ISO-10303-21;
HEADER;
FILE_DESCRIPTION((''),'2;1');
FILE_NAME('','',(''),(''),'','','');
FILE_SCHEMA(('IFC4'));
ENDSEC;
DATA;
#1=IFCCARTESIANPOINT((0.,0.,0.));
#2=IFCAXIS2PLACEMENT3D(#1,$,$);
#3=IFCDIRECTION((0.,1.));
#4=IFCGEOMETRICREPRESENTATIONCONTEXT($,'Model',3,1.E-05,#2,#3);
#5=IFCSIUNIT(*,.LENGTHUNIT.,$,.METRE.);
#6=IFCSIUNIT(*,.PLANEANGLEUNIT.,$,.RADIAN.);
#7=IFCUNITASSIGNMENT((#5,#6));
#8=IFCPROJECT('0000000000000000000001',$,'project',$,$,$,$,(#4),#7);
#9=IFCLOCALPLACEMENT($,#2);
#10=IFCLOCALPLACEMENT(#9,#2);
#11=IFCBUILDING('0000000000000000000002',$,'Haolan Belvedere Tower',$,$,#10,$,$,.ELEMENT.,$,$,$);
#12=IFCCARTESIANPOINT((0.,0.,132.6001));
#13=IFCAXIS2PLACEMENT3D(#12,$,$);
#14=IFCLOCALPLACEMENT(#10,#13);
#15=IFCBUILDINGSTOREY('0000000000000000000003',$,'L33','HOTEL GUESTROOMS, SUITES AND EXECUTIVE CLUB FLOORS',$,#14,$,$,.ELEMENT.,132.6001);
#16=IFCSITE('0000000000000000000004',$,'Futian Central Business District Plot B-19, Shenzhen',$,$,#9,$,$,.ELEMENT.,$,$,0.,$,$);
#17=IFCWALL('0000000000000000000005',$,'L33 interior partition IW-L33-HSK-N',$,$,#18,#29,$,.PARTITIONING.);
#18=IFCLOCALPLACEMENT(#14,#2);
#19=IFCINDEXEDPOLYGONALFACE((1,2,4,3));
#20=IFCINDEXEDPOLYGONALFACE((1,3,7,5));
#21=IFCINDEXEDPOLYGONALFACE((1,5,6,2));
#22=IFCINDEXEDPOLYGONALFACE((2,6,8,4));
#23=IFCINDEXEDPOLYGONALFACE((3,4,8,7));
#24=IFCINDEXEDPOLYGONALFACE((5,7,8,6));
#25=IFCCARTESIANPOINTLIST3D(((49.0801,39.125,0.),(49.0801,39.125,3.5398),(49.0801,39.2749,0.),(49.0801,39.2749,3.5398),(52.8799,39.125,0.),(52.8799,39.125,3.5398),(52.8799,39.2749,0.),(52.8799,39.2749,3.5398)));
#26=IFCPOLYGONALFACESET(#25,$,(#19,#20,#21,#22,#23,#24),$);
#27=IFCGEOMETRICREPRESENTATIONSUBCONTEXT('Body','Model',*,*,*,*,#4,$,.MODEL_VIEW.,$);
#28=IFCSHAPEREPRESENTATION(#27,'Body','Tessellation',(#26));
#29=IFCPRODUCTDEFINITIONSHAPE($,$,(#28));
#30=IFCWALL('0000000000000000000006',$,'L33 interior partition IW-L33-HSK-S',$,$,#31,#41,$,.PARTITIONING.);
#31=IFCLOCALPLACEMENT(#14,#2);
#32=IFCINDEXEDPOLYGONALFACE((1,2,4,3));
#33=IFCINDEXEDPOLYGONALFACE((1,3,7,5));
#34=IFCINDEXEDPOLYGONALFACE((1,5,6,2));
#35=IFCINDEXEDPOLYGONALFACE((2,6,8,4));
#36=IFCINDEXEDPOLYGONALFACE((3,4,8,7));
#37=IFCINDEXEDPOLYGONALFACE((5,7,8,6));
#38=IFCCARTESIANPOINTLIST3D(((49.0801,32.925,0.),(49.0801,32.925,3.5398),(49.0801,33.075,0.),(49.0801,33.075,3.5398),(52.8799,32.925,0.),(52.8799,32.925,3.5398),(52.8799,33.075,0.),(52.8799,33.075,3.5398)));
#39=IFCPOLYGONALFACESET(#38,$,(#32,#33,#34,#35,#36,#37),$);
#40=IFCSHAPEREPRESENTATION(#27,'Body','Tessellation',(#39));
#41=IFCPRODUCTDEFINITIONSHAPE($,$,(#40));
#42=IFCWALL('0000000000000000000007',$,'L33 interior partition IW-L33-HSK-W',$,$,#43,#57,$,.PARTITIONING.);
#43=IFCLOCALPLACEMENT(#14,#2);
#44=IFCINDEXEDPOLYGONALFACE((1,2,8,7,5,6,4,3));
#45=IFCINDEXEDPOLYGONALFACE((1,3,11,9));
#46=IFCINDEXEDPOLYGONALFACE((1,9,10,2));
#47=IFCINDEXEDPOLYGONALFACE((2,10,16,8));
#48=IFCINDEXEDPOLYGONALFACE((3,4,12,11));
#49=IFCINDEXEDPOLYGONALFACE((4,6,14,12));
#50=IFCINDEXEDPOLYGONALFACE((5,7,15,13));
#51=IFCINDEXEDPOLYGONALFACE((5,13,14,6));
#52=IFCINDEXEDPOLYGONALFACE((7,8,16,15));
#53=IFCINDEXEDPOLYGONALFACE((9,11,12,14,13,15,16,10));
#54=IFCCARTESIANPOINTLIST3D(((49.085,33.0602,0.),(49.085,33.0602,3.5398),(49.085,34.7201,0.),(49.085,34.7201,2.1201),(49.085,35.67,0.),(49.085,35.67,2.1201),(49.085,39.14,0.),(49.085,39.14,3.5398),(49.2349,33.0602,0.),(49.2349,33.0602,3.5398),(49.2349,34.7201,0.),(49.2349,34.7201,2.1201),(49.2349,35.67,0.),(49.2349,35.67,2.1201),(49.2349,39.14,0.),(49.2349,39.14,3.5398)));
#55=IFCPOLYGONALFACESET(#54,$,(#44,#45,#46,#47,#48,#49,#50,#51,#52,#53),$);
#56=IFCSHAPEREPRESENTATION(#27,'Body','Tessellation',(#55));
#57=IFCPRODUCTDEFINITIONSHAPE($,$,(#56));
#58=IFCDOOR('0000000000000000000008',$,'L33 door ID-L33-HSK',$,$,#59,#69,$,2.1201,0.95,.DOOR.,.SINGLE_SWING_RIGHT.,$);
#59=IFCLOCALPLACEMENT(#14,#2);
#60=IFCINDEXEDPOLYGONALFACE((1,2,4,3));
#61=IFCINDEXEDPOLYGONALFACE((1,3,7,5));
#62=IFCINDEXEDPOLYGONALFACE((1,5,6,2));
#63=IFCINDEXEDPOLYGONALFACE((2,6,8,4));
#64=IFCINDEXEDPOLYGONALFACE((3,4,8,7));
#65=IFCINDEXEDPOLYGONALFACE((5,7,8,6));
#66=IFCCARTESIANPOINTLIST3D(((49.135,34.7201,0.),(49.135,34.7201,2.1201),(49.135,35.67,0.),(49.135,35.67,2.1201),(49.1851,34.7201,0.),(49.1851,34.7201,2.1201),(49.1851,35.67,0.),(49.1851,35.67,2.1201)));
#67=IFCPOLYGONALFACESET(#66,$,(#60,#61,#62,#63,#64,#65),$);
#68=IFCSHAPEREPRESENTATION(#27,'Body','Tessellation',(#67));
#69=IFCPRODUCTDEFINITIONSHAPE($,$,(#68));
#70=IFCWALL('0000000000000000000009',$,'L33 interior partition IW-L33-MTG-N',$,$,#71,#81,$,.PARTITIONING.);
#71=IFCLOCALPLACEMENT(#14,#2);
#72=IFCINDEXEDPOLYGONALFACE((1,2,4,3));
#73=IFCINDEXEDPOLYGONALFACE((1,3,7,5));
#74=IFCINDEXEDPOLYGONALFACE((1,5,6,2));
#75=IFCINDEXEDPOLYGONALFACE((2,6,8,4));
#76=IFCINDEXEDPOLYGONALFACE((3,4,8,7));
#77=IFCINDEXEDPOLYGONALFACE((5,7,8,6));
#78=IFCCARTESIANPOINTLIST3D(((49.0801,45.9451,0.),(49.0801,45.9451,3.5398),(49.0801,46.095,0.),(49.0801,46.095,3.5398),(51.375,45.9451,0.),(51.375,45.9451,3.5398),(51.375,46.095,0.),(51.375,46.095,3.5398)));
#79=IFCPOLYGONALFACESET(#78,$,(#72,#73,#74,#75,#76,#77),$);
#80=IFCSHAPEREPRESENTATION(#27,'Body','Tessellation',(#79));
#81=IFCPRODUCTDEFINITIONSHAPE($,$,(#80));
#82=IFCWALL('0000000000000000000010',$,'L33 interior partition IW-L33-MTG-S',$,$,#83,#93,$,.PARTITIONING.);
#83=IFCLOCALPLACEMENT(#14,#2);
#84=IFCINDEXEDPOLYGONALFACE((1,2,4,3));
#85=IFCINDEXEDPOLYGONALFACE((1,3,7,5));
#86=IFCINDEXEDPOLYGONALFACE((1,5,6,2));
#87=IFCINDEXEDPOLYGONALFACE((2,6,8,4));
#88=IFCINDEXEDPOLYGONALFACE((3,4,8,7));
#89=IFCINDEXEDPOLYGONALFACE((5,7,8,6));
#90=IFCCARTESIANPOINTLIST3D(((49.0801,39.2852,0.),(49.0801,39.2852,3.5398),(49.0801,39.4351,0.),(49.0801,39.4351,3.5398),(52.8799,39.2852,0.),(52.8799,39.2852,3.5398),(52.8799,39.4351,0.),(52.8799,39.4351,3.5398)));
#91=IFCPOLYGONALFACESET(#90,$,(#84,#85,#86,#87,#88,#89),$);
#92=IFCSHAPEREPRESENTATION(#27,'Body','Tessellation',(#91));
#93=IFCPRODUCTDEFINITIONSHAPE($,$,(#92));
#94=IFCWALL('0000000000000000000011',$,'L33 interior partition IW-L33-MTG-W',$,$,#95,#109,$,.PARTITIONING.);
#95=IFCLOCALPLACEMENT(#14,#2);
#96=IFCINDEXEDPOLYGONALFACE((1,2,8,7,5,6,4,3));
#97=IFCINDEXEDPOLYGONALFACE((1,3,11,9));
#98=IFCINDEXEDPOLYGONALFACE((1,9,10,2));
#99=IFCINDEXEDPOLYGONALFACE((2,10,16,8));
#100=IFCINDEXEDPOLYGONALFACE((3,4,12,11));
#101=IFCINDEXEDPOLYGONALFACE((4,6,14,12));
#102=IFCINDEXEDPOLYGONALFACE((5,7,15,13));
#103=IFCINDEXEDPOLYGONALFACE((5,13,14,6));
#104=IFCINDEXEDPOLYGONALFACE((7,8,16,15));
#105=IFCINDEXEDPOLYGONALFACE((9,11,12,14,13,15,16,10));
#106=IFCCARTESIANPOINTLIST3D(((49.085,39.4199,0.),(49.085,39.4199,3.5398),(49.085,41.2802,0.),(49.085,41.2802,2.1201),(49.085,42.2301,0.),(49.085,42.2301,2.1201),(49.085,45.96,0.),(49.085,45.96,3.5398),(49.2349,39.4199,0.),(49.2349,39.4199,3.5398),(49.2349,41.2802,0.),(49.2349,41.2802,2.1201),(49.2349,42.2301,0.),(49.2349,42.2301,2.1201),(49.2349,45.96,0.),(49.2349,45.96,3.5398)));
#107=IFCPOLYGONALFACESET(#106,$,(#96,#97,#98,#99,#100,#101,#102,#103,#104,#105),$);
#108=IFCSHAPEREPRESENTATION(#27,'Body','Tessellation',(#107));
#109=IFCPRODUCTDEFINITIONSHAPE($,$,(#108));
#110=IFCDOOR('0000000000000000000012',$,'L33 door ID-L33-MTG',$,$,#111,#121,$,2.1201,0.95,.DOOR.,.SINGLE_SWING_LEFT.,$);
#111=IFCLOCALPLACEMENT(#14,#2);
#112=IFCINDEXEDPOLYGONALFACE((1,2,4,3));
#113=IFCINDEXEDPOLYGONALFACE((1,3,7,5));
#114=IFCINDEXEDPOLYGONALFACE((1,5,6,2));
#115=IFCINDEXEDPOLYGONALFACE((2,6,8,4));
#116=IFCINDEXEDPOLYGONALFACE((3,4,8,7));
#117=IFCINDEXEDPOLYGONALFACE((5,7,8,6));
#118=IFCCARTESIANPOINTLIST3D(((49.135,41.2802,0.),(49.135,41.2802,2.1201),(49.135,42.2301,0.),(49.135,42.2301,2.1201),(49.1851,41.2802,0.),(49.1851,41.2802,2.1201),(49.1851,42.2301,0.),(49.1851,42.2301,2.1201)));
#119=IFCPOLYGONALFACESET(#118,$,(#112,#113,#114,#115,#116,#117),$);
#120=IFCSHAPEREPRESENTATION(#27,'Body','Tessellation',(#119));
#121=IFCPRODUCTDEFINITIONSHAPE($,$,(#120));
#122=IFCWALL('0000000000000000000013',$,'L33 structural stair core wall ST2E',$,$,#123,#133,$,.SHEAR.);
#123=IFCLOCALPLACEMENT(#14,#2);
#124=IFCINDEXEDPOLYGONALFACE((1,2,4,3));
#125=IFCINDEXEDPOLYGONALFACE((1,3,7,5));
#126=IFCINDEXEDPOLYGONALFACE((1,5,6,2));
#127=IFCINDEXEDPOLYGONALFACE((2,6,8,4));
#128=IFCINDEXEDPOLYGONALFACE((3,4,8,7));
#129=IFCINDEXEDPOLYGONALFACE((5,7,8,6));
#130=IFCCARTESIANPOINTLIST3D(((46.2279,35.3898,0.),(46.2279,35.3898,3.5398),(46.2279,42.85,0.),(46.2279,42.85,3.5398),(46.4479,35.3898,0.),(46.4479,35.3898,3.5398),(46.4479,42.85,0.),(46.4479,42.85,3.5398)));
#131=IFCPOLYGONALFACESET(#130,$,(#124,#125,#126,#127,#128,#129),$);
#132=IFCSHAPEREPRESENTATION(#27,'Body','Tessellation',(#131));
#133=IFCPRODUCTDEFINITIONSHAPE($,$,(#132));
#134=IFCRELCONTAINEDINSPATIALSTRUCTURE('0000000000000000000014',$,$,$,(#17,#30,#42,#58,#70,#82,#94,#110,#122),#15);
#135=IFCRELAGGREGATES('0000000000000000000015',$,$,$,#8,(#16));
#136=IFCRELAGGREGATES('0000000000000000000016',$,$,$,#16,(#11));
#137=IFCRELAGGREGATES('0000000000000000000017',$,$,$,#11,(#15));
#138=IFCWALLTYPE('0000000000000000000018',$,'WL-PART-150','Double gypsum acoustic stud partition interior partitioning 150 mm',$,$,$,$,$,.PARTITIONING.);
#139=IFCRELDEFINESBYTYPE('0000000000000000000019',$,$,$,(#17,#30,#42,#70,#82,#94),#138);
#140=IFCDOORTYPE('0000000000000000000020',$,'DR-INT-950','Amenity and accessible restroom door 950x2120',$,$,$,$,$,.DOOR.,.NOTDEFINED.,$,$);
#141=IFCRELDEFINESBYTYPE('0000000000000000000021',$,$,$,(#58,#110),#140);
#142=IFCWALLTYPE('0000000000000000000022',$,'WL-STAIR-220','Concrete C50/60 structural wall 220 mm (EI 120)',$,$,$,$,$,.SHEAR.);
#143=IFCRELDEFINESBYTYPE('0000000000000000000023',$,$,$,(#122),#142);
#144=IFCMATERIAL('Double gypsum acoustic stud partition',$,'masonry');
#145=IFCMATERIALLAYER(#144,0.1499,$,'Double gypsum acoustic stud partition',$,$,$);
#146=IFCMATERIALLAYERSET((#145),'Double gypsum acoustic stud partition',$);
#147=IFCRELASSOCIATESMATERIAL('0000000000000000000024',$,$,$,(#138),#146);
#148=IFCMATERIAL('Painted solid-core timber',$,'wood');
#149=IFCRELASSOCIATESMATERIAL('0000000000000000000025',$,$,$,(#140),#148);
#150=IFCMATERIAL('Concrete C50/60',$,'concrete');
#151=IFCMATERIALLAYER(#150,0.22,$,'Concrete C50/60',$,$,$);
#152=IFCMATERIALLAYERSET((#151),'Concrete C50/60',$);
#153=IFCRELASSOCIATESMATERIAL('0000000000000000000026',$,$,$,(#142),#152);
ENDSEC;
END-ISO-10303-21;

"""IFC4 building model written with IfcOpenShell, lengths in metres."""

from ifc_helpers import new_model, si_unit, direction, frame, frame_2d, origin, place, context, subcontext, project, spatial, rectangle, extrude, material, layer, layer_set, type_object, element, fill, save


model = new_model("IFC4")

# Units and contexts
model_context = context("Model", 3, precision=1e-05, world=origin(), true_north=direction((0.0, 1.0)))
body_context = subcontext(model_context, "Body", "Model", "MODEL_VIEW")
ifc_project = project(units=[si_unit("LENGTHUNIT", "METRE"), si_unit("PLANEANGLEUNIT", "RADIAN")], contexts=[model_context])

# Site, building, storey
site_placement = place(None, origin())
site = spatial("IfcSite", under=ifc_project, at=site_placement, Name="Futian Central Business District Plot B-19, Shenzhen", CompositionType="ELEMENT", RefElevation=0.0)
building_placement = place(site_placement, origin())
building = spatial("IfcBuilding", under=site, at=building_placement, Name="Haolan Belvedere Tower", CompositionType="ELEMENT")
storey_placement = place(building_placement, frame((0.0, 0.0, 132.6001)))
storey = spatial("IfcBuildingStorey", under=building, at=storey_placement, Name="L33", Description="HOTEL GUESTROOMS, SUITES AND EXECUTIVE CLUB FLOORS", CompositionType="ELEMENT", Elevation=132.6001)

# Walls
ifc_material_1 = material(Name="Double gypsum acoustic stud partition", Category="masonry")
ifc_layer_1 = layer(ifc_material_1, 0.1499, Name="Double gypsum acoustic stud partition")
ifc_layer_set_1 = layer_set([ifc_layer_1], Name="Double gypsum acoustic stud partition")
wall_type_1 = type_object("IfcWallType", Name="WL-PART-150", Description="Double gypsum acoustic stud partition interior partitioning 150 mm", PredefinedType="PARTITIONING", material=ifc_layer_set_1)
for number, where, z_axis, x_axis, name in (
    (1, (49.0801, 39.2, 0.0), (0.0, 0.0, 1.0), (1.0, 0.0, 0.0), "L33 interior partition IW-L33-HSK-N"),
    (2, (49.0801, 33.0, 0.0), (0.0, 0.0, 1.0), (1.0, 0.0, 0.0), "L33 interior partition IW-L33-HSK-S"),
):
    element("IfcWall", number, at=place(storey_placement, frame(where, z_axis=z_axis, x_axis=x_axis)), inside=storey, type_object=wall_type_1, Name=name, PredefinedType="PARTITIONING", context=body_context, shape_type="SweptSolid", body=[
        extrude(rectangle(XDim=3.7998, YDim=0.1499, at=frame_2d((1.8999, 0.0))), origin(), (0.0, 0.0, 1.0), 3.5398),
    ])

# Wall, opening, door
wall_1_placement = place(storey_placement, frame((49.1599, 33.0601, 0.0), z_axis=(0.0, 0.0, 1.0), x_axis=(0.0, 1.0, 0.0)))
wall_1 = element("IfcWall", 3, at=wall_1_placement, inside=storey, type_object=wall_type_1, Name="L33 interior partition IW-L33-HSK-W", PredefinedType="PARTITIONING", context=body_context, shape_type="SweptSolid", body=[
    extrude(rectangle(XDim=6.0798, YDim=0.1499, at=frame_2d((3.04, 0.0))), origin(), (0.0, 0.0, 1.0), 3.5398),
])
opening_1_placement = place(wall_1_placement, frame((1.6599, 0.0, 0.0)))
opening_1 = element("IfcOpeningElement", 4, at=opening_1_placement, cuts=wall_1, PredefinedType="OPENING", context=body_context, shape_type="SweptSolid", body=[
    extrude(rectangle(XDim=0.95, YDim=2.1201, at=frame_2d((0.4751, 1.0601))), frame((0.0, 0.085, 0.0), z_axis=(0.0, -1.0, 0.0), x_axis=(1.0, 0.0, 0.0)), (0.0, 0.0, 1.0), 0.1699),
])
ifc_material_2 = material(Name="Painted solid-core timber", Category="wood")
door_type = type_object("IfcDoorType", Name="DR-INT-950", Description="Amenity and accessible restroom door 950x2120", OperationType="NOTDEFINED", PredefinedType="DOOR", material=ifc_material_2)
door_1_placement = place(opening_1_placement, origin())
door_1 = element("IfcDoor", 5, at=door_1_placement, inside=storey, type_object=door_type, Name="L33 door ID-L33-HSK", OperationType="SINGLE_SWING_RIGHT", OverallHeight=2.1201, OverallWidth=0.95, PredefinedType="DOOR", context=body_context, shape_type="SweptSolid", body=[
    extrude(rectangle(XDim=0.95, YDim=2.1201, at=frame_2d((0.4751, 1.0601))), frame((0.0, 0.0249, 0.0), z_axis=(0.0, -1.0, 0.0), x_axis=(1.0, 0.0, 0.0)), (0.0, 0.0, 1.0), 0.05),
])
fill(opening_1, door_1)

# Walls
wall_2_placement = place(storey_placement, frame((49.0801, 46.02, 0.0), z_axis=(0.0, 0.0, 1.0), x_axis=(1.0, 0.0, 0.0)))
element("IfcWall", 6, at=wall_2_placement, inside=storey, type_object=wall_type_1, Name="L33 interior partition IW-L33-MTG-N", PredefinedType="PARTITIONING", context=body_context, shape_type="SweptSolid", body=[
    extrude(rectangle(XDim=2.2949, YDim=0.1499, at=frame_2d((1.1475, 0.0))), origin(), (0.0, 0.0, 1.0), 3.5398),
])
wall_3_placement = place(storey_placement, frame((49.0801, 39.3601, 0.0), z_axis=(0.0, 0.0, 1.0), x_axis=(1.0, 0.0, 0.0)))
element("IfcWall", 7, at=wall_3_placement, inside=storey, type_object=wall_type_1, Name="L33 interior partition IW-L33-MTG-S", PredefinedType="PARTITIONING", context=body_context, shape_type="SweptSolid", body=[
    extrude(rectangle(XDim=3.7998, YDim=0.1499, at=frame_2d((1.8999, 0.0))), origin(), (0.0, 0.0, 1.0), 3.5398),
])

# Wall, opening, door
wall_4_placement = place(storey_placement, frame((49.1599, 39.4199, 0.0), z_axis=(0.0, 0.0, 1.0), x_axis=(0.0, 1.0, 0.0)))
wall_4 = element("IfcWall", 8, at=wall_4_placement, inside=storey, type_object=wall_type_1, Name="L33 interior partition IW-L33-MTG-W", PredefinedType="PARTITIONING", context=body_context, shape_type="SweptSolid", body=[
    extrude(rectangle(XDim=6.54, YDim=0.1499, at=frame_2d((3.27, 0.0))), origin(), (0.0, 0.0, 1.0), 3.5398),
])
opening_2_placement = place(wall_4_placement, frame((1.8601, 0.0, 0.0)))
opening_2 = element("IfcOpeningElement", 9, at=opening_2_placement, cuts=wall_4, PredefinedType="OPENING", context=body_context, shape_type="SweptSolid", body=[
    extrude(rectangle(XDim=0.95, YDim=2.1201, at=frame_2d((0.4751, 1.0601))), frame((0.0, 0.085, 0.0), z_axis=(0.0, -1.0, 0.0), x_axis=(1.0, 0.0, 0.0)), (0.0, 0.0, 1.0), 0.1699),
])
door_2_placement = place(opening_2_placement, origin())
door_2 = element("IfcDoor", 10, at=door_2_placement, inside=storey, type_object=door_type, Name="L33 door ID-L33-MTG", OperationType="SINGLE_SWING_LEFT", OverallHeight=2.1201, OverallWidth=0.95, PredefinedType="DOOR", context=body_context, shape_type="SweptSolid", body=[
    extrude(rectangle(XDim=0.95, YDim=2.1201, at=frame_2d((0.4751, 1.0601))), frame((0.0, 0.0249, 0.0), z_axis=(0.0, -1.0, 0.0), x_axis=(1.0, 0.0, 0.0)), (0.0, 0.0, 1.0), 0.05),
])
fill(opening_2, door_2)

# Wall
ifc_material_3 = material(Name="Concrete C50/60", Category="concrete")
ifc_layer_2 = layer(ifc_material_3, 0.22, Name="Concrete C50/60")
ifc_layer_set_2 = layer_set([ifc_layer_2], Name="Concrete C50/60")
wall_type_2 = type_object("IfcWallType", Name="WL-STAIR-220", Description="Concrete C50/60 structural wall 220 mm (EI 120)", PredefinedType="SHEAR", material=ifc_layer_set_2)
wall_5_placement = place(storey_placement, frame((46.3379, 35.3899, 0.0), z_axis=(0.0, 0.0, 1.0), x_axis=(0.0, 1.0, 0.0)))
element("IfcWall", 11, at=wall_5_placement, inside=storey, type_object=wall_type_2, Name="L33 structural stair core wall ST2E", PredefinedType="SHEAR", context=body_context, shape_type="SweptSolid", body=[
    extrude(rectangle(XDim=7.4602, YDim=0.22, at=frame_2d((3.73, 0.0))), origin(), (0.0, 0.0, 1.0), 3.5398),
])

save(model, "model.ifc")
